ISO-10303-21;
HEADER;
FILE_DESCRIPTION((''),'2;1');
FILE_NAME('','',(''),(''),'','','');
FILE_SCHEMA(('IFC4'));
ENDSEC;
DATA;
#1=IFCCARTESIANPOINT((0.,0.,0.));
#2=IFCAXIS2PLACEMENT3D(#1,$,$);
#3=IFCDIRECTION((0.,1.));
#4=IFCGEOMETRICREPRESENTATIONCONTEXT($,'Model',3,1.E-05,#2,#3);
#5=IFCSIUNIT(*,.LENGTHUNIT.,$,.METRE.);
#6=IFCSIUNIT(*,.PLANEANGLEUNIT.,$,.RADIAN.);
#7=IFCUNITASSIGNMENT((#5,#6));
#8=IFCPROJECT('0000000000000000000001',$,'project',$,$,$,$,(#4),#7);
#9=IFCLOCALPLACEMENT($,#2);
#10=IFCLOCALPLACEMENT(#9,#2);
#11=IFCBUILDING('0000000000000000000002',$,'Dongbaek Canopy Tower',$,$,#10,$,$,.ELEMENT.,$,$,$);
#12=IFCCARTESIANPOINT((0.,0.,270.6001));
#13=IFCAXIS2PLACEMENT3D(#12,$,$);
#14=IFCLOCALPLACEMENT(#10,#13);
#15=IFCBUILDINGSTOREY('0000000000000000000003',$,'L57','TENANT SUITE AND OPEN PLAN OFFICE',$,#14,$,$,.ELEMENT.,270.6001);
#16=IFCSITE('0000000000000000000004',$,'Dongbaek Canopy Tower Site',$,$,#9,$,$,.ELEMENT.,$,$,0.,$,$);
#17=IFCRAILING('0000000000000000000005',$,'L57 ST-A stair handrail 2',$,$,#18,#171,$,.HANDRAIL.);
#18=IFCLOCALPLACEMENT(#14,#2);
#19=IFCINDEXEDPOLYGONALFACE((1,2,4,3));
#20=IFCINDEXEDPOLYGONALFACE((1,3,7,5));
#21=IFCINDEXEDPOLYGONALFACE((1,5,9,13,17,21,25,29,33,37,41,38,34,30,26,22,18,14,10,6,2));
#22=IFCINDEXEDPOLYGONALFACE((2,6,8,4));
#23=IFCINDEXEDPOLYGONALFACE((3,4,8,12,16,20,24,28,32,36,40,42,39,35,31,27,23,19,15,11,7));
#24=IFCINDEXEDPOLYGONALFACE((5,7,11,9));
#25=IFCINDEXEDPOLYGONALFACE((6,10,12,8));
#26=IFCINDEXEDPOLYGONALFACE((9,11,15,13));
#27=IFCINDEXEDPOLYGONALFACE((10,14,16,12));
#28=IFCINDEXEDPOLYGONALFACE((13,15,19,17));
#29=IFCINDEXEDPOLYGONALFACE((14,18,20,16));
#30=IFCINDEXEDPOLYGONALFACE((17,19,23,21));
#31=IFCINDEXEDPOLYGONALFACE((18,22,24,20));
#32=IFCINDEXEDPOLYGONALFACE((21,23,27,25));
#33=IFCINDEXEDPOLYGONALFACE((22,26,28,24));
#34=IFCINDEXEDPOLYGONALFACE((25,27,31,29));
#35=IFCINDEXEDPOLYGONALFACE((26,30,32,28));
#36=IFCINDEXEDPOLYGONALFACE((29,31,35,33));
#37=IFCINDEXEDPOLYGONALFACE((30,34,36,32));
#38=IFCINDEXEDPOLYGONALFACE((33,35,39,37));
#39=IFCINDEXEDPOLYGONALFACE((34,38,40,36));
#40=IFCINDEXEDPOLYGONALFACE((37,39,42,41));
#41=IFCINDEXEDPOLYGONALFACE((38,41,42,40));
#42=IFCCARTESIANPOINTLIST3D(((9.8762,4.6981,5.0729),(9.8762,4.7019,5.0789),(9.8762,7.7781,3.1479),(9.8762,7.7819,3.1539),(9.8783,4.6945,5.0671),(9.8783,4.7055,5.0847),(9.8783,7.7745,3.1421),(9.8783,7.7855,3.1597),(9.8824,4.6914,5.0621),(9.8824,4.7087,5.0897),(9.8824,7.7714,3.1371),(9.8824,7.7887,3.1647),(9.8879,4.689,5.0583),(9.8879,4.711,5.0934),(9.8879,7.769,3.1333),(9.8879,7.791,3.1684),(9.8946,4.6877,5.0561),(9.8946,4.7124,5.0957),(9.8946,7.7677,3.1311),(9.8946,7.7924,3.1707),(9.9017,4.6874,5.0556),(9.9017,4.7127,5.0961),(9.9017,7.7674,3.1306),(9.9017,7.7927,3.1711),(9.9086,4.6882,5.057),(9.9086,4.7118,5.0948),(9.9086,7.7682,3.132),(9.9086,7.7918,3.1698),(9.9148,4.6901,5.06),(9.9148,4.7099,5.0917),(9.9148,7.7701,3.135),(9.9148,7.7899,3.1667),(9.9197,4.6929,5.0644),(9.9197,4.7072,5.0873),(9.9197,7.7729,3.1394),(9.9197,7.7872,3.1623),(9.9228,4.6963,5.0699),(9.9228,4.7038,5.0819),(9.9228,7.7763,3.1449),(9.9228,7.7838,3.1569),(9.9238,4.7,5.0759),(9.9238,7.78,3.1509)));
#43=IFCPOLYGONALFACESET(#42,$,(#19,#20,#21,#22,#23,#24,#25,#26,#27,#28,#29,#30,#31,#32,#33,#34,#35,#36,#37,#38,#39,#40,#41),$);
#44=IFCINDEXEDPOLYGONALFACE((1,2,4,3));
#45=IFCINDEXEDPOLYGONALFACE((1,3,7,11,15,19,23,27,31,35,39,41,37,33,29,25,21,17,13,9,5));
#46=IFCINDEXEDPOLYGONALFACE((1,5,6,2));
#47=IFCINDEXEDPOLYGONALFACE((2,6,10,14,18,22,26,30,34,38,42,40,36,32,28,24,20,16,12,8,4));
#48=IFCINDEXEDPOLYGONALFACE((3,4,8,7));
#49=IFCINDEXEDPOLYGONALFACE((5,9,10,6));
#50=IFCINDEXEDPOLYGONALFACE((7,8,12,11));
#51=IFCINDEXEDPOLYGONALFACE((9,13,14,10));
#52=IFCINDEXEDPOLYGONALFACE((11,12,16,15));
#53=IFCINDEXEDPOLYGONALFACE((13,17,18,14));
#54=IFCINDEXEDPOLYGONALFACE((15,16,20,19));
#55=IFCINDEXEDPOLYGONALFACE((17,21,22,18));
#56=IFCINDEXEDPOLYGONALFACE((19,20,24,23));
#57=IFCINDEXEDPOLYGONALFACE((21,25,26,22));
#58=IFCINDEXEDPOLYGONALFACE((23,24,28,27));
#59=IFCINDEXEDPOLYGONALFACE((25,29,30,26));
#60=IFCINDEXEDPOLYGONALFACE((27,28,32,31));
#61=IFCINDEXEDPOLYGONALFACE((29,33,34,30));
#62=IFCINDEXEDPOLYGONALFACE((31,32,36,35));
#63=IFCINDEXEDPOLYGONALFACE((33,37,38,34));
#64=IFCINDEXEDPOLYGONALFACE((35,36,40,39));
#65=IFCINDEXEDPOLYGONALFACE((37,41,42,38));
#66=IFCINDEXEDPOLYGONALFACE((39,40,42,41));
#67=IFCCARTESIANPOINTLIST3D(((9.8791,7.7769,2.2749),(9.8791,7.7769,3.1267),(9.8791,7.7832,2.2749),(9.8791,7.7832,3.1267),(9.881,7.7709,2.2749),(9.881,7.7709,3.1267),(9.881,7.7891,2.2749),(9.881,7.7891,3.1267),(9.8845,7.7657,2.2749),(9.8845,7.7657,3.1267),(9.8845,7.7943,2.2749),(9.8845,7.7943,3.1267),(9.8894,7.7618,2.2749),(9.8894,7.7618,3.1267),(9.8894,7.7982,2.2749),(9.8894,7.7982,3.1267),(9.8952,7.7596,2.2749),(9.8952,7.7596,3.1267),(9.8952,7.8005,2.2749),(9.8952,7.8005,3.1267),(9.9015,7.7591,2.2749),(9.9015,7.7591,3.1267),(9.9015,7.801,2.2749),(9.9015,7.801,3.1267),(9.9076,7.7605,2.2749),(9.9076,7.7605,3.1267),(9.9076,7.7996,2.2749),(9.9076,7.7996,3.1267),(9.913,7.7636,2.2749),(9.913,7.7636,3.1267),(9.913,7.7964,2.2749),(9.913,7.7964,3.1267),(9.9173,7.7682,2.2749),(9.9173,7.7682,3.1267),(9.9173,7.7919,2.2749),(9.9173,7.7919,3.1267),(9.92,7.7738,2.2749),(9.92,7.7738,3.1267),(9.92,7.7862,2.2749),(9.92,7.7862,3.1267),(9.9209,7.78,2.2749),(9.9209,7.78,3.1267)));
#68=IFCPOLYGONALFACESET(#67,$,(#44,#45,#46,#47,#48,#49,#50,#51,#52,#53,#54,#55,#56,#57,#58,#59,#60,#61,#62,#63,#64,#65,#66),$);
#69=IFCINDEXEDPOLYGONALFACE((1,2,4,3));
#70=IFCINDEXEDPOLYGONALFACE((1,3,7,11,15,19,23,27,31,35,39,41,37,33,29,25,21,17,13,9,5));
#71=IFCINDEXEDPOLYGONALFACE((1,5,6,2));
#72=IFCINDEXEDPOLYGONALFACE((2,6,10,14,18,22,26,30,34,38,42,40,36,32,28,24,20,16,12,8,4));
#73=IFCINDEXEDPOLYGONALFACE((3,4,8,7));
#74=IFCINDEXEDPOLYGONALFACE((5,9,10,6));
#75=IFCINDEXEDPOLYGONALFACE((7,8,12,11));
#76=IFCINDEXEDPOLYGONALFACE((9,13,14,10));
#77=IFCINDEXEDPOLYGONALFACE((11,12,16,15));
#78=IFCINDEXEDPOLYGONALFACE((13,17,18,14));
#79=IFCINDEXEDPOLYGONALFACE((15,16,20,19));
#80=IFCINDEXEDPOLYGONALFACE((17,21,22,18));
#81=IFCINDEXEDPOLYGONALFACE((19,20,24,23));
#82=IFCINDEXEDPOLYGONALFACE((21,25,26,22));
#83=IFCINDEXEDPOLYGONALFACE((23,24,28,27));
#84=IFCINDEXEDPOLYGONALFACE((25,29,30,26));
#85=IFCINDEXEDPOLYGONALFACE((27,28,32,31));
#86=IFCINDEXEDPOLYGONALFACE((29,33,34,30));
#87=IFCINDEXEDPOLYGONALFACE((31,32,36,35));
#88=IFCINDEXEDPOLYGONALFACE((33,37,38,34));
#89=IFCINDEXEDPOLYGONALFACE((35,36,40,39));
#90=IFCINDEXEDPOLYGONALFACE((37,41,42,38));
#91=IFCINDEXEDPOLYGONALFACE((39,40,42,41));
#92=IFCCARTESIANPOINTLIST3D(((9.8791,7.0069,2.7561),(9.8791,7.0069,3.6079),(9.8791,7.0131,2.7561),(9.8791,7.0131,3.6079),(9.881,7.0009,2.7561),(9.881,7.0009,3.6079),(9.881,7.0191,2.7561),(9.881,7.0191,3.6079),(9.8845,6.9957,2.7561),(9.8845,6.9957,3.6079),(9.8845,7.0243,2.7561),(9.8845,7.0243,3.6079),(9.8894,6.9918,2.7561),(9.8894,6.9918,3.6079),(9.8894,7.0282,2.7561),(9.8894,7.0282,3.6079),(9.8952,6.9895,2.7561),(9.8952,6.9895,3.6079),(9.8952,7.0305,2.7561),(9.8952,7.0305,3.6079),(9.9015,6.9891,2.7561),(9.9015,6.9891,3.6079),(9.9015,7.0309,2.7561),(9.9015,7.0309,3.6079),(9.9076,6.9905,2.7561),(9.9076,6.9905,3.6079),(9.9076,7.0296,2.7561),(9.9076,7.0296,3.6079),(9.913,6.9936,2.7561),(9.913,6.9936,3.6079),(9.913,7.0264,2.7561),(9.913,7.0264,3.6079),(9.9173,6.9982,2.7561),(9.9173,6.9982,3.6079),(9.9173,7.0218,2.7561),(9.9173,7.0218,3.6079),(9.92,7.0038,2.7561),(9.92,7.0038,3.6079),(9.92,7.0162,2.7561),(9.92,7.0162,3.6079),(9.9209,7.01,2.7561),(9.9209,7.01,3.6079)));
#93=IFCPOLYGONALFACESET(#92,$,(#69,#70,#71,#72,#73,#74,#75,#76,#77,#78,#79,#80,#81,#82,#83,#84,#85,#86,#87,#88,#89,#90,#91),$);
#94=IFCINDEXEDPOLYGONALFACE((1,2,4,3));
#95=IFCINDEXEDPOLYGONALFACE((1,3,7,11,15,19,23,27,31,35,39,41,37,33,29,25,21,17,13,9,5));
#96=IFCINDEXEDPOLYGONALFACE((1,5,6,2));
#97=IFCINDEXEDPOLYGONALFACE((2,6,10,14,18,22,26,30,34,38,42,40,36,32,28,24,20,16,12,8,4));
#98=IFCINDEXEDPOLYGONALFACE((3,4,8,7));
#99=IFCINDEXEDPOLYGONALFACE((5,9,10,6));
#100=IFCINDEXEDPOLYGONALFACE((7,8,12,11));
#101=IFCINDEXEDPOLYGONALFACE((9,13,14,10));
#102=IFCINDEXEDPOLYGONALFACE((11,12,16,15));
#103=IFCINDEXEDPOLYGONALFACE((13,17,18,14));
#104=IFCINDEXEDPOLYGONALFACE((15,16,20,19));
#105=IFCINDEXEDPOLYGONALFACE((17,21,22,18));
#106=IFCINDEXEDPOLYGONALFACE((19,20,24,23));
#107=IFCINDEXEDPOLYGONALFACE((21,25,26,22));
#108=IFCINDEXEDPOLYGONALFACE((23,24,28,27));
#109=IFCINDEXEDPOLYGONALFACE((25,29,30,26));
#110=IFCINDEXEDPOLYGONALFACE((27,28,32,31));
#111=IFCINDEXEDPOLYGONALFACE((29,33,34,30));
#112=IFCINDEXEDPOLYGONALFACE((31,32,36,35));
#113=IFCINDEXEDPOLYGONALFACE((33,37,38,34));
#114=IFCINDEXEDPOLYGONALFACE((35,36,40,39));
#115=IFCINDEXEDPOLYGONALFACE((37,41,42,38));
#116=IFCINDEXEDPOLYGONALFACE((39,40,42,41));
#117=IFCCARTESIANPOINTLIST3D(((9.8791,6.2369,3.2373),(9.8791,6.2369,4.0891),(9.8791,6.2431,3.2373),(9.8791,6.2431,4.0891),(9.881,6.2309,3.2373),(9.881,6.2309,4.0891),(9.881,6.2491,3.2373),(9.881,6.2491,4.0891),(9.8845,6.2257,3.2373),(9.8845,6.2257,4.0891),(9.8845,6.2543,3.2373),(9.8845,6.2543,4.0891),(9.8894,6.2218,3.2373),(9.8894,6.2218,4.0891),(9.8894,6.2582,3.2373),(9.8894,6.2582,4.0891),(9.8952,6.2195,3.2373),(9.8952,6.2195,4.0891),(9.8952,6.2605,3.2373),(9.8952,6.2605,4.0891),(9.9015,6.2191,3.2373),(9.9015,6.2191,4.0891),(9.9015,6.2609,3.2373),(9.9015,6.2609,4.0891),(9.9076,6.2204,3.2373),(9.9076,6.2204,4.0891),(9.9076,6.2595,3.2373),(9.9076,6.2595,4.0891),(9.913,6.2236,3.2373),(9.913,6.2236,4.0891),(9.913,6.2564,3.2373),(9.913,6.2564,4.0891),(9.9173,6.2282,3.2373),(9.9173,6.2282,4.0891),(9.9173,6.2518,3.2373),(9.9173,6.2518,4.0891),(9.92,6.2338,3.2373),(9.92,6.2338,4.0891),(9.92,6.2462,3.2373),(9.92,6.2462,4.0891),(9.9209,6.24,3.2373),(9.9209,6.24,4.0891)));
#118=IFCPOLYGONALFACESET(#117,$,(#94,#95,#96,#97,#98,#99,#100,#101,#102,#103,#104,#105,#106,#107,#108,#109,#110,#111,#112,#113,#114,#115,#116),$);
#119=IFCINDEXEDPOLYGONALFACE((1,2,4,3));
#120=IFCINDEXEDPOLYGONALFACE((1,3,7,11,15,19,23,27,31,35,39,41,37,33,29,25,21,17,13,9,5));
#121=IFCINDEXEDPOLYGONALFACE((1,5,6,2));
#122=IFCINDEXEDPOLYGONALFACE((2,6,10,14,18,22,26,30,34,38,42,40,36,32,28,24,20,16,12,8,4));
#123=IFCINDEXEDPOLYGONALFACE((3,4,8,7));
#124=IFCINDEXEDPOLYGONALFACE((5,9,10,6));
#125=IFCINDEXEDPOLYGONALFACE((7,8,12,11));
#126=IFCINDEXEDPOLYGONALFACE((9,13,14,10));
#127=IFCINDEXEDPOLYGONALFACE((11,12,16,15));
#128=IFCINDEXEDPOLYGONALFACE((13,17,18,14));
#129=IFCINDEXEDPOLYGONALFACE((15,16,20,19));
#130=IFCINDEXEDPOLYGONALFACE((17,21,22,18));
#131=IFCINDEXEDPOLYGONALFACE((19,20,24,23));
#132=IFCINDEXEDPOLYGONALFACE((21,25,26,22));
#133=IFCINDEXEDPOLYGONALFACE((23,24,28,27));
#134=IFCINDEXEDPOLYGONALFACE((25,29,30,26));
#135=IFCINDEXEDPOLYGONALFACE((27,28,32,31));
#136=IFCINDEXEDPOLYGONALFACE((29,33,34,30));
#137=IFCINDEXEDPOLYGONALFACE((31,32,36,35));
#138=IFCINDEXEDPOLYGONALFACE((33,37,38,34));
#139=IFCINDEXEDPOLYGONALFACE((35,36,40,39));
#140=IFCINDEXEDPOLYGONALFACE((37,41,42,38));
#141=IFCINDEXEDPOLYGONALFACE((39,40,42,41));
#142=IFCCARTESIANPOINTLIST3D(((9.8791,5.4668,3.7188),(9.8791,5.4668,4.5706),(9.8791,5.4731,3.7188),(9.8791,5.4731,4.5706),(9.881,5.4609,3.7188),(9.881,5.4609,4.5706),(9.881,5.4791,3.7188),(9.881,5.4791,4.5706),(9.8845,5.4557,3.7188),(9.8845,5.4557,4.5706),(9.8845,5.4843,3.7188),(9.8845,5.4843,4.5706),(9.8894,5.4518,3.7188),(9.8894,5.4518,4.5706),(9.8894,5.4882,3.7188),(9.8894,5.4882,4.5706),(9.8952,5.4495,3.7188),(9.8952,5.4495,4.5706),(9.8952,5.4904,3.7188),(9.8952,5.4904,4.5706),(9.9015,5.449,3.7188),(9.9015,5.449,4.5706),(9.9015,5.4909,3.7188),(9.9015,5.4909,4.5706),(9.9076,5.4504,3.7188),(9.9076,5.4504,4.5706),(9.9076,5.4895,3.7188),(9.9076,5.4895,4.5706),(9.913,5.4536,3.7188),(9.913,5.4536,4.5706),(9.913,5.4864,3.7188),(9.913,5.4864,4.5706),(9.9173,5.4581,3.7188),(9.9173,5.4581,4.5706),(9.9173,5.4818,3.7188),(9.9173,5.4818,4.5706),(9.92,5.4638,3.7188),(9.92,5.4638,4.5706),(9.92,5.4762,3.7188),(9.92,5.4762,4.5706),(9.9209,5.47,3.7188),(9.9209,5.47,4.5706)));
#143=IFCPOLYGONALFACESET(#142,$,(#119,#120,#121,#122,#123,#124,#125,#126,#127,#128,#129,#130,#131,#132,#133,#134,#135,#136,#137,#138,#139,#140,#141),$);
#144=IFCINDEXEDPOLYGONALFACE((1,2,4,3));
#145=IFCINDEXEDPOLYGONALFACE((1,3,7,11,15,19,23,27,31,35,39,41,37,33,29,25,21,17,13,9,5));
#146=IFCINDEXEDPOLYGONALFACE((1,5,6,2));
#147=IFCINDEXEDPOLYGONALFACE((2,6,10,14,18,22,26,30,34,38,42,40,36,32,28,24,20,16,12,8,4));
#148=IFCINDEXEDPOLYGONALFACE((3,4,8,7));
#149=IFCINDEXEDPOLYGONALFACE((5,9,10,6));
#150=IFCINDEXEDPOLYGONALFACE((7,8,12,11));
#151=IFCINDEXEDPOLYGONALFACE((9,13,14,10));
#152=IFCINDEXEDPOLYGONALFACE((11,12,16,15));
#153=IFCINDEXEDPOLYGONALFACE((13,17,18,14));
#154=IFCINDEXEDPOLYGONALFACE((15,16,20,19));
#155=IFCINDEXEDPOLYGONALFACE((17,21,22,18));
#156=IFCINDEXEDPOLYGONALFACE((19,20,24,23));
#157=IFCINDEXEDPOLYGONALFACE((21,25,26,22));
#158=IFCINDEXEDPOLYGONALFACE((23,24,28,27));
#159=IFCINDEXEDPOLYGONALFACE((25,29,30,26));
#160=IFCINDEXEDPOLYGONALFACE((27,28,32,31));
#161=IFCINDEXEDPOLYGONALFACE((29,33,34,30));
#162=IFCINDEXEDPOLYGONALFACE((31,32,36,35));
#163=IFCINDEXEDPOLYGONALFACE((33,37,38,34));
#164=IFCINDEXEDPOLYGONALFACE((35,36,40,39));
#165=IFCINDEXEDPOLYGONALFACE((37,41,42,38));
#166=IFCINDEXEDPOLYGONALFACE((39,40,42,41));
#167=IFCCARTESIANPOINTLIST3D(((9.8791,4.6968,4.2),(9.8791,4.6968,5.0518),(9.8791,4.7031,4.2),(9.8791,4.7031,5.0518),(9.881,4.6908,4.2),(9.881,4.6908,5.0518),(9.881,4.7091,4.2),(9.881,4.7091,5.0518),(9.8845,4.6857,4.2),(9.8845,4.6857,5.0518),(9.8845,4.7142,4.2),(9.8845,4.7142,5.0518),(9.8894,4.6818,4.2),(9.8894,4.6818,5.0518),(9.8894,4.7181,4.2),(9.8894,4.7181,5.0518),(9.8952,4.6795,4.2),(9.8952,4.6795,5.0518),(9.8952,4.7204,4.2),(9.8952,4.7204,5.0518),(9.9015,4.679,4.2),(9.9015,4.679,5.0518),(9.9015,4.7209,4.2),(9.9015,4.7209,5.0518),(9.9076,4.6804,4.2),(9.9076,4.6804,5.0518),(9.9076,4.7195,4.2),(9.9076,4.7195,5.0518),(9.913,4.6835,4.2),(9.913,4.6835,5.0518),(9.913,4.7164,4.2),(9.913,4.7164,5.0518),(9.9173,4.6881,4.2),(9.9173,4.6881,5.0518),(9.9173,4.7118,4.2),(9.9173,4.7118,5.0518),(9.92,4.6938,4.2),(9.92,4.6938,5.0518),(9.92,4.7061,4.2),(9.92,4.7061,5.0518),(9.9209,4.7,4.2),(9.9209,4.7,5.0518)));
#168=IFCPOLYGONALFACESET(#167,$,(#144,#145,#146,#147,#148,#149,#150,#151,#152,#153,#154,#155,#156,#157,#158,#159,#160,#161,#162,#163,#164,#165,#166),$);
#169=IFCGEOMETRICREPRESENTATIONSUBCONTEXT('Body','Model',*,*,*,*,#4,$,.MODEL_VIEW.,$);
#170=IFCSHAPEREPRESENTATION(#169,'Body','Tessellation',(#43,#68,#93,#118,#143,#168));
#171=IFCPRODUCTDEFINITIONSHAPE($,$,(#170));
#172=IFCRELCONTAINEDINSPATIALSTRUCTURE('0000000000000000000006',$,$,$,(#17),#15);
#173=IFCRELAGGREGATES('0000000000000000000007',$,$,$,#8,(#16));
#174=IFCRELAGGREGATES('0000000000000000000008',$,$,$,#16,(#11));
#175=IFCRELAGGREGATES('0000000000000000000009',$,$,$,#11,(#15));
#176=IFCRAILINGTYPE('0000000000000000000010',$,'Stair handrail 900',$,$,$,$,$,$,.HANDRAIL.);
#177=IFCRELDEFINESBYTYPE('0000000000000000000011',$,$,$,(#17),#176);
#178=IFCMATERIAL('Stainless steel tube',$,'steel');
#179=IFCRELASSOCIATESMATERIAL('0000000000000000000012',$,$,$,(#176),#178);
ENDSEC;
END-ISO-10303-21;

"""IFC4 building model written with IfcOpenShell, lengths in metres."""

from ifc_helpers import new_model, si_unit, direction, frame, origin, origin_2d, place, context, subcontext, project, spatial, circle, extrude, material, type_object, element, save


model = new_model("IFC4")

# Units and contexts
model_context = context("Model", 3, precision=1e-05, world=origin(), true_north=direction((0.0, 1.0)))
body_context = subcontext(model_context, "Body", "Model", "MODEL_VIEW")
ifc_project = project(units=[si_unit("LENGTHUNIT", "METRE"), si_unit("PLANEANGLEUNIT", "RADIAN")], contexts=[model_context])

# Site, building, storey
site_placement = place(None, origin())
site = spatial("IfcSite", under=ifc_project, at=site_placement, Name="Dongbaek Canopy Tower Site", CompositionType="ELEMENT", RefElevation=0.0)
building_placement = place(site_placement, origin())
building = spatial("IfcBuilding", under=site, at=building_placement, Name="Dongbaek Canopy Tower", CompositionType="ELEMENT")
storey_placement = place(building_placement, frame((0.0, 0.0, 270.6001)))
storey = spatial("IfcBuildingStorey", under=building, at=storey_placement, Name="L57", Description="TENANT SUITE AND OPEN PLAN OFFICE", CompositionType="ELEMENT", Elevation=270.6001)

# Railing
ifc_material_1 = material(Name="Stainless steel tube", Category="steel")
railing_type_1 = type_object("IfcRailingType", Name="Stair handrail 900", PredefinedType="HANDRAIL", material=ifc_material_1)
railing_1_placement = place(storey_placement, frame((9.8999, 7.78, 2.2749)))
element("IfcRailing", 1, at=railing_1_placement, inside=storey, type_object=railing_type_1, Name="L57 ST-A stair handrail 2", PredefinedType="HANDRAIL", context=body_context, shape_type="SweptSolid", body=[
    extrude(circle(Radius=0.0239, at=origin_2d()), frame((0.0, 0.0, 0.876), z_axis=(0.0, -0.847998, 0.529999), x_axis=(1.0, 0.0, 0.0)), (0.0, 0.0, 1.0), 3.6321),
    extrude(circle(Radius=0.021, at=origin_2d()), origin(), (0.0, 0.0, 1.0), 0.8518),
    extrude(circle(Radius=0.021, at=origin_2d()), frame((0.0, -0.77, 0.4812)), (0.0, 0.0, 1.0), 0.8518),
    extrude(circle(Radius=0.021, at=origin_2d()), frame((0.0, -1.54, 0.9624)), (0.0, 0.0, 1.0), 0.8518),
    extrude(circle(Radius=0.021, at=origin_2d()), frame((0.0, -2.3101, 1.4438)), (0.0, 0.0, 1.0), 0.8518),
    extrude(circle(Radius=0.021, at=origin_2d()), frame((0.0, -3.0801, 1.925)), (0.0, 0.0, 1.0), 0.8518),
])

save(model, "model.ifc")
